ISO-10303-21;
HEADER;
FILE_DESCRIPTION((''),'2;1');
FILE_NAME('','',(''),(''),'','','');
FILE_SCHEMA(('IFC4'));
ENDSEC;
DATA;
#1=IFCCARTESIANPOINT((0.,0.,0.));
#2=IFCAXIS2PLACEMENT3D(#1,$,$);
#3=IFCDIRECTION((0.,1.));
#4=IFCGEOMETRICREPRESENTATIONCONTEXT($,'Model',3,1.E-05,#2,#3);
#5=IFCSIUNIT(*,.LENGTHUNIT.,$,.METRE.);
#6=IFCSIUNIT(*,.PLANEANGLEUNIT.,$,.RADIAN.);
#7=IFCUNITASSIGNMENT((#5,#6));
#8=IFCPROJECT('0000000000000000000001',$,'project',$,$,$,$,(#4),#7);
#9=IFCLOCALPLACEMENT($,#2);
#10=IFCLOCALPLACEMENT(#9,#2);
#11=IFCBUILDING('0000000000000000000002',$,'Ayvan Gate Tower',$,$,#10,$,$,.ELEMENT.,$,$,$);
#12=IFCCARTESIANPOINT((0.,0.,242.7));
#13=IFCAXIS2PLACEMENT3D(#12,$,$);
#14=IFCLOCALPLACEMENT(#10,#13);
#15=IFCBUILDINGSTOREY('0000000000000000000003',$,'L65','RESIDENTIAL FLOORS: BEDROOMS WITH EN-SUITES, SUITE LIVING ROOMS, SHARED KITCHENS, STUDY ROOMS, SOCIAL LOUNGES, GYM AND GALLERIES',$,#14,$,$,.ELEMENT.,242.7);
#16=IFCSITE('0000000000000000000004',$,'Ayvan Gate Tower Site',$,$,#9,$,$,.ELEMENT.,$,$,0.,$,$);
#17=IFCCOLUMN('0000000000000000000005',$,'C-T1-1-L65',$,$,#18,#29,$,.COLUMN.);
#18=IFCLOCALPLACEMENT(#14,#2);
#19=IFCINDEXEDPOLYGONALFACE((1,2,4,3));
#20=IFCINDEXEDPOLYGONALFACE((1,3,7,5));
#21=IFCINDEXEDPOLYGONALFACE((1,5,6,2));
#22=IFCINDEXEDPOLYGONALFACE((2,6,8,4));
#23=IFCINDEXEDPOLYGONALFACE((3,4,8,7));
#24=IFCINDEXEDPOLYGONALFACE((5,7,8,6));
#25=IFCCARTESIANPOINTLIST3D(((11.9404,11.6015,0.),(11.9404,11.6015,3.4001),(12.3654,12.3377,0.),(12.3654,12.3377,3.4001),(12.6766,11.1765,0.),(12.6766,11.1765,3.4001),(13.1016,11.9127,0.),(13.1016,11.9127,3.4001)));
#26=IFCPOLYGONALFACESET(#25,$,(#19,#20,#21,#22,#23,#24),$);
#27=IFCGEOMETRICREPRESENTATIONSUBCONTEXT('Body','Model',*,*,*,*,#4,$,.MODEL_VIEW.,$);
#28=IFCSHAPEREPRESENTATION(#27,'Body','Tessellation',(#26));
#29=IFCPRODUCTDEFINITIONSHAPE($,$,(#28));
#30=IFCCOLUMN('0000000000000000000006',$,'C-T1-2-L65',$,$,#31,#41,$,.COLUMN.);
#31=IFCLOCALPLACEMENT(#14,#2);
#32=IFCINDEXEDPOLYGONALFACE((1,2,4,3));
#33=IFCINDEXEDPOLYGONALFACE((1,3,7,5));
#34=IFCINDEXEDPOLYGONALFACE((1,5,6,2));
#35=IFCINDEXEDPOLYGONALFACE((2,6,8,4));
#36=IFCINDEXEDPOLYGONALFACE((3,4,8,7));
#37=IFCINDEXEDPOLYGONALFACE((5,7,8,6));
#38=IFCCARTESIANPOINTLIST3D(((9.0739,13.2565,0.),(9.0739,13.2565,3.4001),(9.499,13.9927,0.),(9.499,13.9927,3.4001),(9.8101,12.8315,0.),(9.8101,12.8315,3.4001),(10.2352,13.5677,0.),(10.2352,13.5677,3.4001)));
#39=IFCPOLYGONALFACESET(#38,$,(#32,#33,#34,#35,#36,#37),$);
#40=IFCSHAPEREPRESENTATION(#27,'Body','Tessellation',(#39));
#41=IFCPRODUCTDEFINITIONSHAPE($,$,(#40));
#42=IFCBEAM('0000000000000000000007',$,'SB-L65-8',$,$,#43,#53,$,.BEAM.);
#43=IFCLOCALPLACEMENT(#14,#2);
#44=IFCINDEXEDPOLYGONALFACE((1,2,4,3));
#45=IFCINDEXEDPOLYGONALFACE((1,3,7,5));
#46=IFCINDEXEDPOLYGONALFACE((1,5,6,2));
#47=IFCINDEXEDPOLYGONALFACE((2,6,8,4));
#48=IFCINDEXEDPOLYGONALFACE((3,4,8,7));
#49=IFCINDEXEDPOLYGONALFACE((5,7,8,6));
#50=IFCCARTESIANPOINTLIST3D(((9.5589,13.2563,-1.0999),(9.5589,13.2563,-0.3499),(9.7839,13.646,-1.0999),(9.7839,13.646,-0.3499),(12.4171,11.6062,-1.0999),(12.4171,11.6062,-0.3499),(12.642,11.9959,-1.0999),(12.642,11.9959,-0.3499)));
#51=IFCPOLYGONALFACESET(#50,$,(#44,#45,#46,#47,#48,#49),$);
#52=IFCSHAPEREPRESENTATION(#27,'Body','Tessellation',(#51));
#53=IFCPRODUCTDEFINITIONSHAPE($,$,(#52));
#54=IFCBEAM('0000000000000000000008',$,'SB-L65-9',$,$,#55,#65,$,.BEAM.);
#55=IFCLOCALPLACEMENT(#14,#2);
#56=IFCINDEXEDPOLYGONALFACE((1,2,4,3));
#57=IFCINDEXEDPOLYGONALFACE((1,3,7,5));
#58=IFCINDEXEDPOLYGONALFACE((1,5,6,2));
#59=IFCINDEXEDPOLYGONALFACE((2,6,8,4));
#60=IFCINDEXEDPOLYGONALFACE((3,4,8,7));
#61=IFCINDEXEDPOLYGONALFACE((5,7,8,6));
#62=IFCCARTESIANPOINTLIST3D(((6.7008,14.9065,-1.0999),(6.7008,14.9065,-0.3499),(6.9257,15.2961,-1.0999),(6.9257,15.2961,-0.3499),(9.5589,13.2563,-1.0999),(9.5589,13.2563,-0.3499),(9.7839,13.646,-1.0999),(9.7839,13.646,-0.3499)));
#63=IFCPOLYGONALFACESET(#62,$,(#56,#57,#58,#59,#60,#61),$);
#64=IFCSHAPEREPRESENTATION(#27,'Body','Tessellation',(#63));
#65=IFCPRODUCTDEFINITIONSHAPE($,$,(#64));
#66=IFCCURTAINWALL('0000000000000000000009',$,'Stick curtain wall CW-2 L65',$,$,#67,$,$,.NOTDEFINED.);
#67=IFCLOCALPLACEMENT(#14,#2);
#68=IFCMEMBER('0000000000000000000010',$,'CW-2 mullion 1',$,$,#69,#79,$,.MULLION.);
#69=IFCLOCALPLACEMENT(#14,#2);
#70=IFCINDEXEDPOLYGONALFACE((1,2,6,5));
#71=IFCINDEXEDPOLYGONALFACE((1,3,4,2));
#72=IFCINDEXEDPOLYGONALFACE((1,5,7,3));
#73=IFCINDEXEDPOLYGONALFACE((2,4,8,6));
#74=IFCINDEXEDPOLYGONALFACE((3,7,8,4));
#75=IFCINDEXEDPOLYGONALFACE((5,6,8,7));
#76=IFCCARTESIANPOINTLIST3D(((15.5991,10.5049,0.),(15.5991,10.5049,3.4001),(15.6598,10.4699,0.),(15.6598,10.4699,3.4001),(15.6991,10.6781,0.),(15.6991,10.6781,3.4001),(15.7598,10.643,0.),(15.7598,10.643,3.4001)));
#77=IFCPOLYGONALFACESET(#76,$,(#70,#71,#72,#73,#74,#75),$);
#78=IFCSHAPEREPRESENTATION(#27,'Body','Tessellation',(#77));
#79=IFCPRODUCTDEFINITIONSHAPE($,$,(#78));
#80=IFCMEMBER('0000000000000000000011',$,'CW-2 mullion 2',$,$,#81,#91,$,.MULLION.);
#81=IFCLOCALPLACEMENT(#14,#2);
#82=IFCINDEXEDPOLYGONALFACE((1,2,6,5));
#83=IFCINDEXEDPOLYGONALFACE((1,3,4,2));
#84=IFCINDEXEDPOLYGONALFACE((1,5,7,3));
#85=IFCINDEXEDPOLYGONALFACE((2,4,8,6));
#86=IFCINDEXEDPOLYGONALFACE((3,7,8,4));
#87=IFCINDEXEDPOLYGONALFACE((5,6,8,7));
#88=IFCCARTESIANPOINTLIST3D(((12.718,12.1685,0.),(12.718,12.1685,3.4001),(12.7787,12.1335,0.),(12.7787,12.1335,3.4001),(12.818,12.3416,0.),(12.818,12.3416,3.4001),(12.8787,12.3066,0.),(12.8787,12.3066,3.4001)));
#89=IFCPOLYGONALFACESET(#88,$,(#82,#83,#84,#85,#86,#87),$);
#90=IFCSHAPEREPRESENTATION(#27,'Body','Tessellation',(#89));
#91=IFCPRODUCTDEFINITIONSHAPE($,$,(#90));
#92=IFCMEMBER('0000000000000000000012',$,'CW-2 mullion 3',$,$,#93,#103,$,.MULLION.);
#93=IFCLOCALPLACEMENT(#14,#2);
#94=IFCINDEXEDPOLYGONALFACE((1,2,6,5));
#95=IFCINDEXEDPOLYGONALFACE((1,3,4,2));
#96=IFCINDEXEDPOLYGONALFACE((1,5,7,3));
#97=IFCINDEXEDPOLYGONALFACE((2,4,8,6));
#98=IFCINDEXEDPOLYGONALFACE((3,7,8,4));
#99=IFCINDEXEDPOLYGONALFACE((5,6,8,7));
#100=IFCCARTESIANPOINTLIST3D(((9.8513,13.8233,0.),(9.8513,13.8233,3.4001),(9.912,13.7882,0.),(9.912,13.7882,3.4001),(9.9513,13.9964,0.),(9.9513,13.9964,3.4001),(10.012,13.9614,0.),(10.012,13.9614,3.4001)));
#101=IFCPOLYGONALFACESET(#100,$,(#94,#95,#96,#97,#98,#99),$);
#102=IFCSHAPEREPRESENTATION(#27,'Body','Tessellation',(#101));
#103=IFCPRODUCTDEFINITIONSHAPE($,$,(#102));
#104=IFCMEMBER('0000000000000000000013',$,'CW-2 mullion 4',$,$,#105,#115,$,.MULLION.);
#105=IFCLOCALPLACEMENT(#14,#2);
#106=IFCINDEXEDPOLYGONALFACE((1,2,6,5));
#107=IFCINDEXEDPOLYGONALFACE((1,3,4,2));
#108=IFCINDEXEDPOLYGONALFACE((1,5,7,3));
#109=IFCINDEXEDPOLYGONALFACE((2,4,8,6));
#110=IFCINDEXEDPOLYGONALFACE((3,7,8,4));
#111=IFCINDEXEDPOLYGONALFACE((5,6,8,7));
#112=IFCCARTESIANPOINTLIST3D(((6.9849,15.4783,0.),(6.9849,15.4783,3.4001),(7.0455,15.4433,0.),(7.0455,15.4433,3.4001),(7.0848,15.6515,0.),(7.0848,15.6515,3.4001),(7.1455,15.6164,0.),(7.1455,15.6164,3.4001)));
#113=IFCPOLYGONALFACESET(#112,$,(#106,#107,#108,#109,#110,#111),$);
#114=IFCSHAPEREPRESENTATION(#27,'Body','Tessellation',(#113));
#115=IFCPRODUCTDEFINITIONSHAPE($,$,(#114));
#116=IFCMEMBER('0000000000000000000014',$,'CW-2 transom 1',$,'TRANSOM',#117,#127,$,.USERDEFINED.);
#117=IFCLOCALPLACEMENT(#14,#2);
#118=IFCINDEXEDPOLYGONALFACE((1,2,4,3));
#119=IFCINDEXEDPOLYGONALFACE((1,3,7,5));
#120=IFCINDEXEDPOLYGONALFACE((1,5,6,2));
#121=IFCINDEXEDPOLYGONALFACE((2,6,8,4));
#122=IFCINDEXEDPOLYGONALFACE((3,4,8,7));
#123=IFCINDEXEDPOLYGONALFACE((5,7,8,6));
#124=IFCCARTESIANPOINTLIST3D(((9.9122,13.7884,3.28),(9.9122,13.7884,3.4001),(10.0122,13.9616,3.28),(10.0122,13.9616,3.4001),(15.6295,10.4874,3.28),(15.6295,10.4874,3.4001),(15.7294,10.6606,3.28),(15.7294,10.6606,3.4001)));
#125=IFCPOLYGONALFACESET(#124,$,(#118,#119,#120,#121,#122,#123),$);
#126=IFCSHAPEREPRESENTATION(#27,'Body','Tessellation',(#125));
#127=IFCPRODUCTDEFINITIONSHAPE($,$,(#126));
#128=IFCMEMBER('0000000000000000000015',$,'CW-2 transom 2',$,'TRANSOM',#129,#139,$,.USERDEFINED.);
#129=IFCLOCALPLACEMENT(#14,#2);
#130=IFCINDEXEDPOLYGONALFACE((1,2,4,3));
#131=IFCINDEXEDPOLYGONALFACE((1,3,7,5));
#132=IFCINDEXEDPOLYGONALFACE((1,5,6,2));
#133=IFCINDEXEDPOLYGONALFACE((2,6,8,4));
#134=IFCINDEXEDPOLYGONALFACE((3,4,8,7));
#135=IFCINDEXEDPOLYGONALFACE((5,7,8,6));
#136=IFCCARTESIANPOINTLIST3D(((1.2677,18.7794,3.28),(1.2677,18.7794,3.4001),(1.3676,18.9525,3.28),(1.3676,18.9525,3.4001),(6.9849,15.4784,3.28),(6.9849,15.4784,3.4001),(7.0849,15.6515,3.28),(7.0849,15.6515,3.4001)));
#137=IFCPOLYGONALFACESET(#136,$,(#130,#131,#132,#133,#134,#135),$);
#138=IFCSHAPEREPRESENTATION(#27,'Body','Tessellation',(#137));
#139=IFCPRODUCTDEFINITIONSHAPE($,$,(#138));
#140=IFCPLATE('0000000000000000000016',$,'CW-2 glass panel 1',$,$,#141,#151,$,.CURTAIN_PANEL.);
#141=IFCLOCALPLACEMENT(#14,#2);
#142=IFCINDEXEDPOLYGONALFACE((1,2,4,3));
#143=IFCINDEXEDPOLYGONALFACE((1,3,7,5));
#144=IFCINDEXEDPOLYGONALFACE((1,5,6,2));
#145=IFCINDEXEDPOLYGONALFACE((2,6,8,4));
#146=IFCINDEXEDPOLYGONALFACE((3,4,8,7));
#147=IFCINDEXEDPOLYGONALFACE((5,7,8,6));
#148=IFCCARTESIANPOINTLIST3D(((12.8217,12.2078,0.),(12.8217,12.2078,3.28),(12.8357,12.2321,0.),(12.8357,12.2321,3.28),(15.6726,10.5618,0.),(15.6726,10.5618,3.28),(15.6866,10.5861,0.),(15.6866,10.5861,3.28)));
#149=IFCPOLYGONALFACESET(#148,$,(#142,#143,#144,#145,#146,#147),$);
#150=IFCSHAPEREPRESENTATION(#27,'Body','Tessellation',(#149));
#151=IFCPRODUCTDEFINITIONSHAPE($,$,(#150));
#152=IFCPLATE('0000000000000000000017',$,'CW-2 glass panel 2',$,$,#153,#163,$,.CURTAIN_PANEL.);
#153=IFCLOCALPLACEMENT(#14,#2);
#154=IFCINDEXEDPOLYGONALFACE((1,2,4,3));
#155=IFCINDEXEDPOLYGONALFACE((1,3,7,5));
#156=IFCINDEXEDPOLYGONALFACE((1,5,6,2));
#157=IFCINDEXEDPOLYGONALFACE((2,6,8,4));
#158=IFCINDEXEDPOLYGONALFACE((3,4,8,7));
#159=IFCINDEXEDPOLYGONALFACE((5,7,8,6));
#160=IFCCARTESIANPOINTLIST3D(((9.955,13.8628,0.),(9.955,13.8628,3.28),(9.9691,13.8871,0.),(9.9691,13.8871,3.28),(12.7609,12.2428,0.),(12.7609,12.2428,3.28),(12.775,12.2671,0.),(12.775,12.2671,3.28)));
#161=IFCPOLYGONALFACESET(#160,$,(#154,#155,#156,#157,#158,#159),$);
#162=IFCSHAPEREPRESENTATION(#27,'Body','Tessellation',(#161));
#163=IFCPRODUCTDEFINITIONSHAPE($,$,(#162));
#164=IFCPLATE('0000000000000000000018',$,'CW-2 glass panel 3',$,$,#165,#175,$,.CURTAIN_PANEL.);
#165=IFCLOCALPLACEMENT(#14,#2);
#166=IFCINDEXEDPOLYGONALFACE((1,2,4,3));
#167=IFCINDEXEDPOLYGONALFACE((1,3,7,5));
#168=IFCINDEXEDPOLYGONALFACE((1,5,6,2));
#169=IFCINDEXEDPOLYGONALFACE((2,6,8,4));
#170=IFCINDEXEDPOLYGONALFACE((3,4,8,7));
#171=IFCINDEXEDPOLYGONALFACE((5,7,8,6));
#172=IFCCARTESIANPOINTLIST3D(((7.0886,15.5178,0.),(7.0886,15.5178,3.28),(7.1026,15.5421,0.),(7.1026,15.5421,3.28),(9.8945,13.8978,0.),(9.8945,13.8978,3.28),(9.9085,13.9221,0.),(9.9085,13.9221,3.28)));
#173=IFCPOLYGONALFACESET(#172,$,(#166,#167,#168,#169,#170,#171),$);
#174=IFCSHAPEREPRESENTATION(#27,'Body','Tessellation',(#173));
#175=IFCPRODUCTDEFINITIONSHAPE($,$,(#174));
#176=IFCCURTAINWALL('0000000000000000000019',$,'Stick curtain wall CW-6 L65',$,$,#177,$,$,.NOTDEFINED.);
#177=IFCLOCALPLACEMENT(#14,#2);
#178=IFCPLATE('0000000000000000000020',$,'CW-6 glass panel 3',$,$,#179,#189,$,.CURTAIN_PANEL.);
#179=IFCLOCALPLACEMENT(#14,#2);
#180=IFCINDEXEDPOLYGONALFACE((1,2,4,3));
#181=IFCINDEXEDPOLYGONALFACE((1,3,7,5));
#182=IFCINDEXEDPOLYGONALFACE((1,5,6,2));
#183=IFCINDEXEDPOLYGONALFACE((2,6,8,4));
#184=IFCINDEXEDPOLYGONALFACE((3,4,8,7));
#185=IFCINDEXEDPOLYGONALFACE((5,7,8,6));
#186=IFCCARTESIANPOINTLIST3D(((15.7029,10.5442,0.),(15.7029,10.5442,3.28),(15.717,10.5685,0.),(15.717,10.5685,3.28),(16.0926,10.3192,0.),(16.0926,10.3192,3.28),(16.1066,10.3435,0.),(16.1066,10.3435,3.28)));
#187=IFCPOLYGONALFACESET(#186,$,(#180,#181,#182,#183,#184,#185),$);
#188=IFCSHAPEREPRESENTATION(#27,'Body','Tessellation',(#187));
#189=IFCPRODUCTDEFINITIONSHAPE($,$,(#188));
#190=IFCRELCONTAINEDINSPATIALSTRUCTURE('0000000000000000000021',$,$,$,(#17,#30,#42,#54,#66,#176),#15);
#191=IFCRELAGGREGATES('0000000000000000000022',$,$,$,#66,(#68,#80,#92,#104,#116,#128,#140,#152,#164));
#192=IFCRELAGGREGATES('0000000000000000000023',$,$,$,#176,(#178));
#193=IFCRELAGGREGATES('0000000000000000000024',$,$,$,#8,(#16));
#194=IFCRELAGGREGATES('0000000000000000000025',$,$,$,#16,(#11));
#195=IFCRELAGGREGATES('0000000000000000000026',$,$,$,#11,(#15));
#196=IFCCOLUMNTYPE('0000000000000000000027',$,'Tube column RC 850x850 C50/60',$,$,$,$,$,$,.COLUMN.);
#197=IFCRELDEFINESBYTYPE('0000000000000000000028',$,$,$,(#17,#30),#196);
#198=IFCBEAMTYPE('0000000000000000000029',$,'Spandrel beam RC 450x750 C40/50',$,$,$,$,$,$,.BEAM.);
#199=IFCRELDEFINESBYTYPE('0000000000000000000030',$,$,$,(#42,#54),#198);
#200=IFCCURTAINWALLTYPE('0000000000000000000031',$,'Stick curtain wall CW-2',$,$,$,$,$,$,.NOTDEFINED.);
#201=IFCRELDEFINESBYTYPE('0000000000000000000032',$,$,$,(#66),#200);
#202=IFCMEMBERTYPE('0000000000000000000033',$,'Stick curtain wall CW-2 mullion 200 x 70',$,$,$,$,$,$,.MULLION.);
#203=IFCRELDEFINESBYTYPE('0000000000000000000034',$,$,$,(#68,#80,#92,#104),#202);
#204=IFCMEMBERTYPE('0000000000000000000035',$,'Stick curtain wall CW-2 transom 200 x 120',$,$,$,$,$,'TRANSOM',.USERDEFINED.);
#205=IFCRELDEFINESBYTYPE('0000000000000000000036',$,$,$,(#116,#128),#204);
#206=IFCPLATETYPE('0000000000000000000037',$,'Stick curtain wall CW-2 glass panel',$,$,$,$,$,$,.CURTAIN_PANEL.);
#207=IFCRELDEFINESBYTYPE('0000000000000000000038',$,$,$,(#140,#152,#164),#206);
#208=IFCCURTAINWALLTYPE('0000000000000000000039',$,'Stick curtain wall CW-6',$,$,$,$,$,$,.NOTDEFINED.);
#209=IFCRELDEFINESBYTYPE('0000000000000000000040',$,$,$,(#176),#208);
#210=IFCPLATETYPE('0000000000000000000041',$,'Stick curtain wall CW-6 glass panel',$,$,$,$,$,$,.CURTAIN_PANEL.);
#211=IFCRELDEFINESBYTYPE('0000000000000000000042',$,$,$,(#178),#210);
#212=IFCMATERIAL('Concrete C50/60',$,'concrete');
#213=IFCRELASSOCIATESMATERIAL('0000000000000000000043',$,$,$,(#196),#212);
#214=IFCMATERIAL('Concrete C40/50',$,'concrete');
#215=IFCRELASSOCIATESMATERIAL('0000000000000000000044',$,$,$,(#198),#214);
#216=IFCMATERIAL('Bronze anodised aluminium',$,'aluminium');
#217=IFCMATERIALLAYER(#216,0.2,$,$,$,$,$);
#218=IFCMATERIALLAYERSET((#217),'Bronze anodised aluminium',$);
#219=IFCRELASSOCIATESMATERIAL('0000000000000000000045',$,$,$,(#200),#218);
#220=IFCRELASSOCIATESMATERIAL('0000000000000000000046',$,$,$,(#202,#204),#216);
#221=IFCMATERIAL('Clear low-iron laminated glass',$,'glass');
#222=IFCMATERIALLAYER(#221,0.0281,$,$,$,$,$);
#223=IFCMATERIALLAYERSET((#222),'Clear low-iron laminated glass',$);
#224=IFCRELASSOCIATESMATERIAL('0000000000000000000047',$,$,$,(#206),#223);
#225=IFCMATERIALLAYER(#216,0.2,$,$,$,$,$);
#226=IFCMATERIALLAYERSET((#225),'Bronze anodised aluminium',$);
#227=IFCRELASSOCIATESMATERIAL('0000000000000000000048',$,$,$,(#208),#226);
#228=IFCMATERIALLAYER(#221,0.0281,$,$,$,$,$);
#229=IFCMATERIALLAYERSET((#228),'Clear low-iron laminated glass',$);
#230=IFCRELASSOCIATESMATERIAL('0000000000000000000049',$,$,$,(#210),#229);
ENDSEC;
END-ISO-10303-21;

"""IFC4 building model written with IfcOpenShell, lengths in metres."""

from ifc_helpers import new_model, si_unit, direction, frame, origin, origin_2d, place, context, subcontext, project, spatial, rectangle, extrude, material, layer, layer_set, material_profile, profile_set, type_object, element, aggregate, save


model = new_model("IFC4")

# Units and contexts
model_context = context("Model", 3, precision=1e-05, world=origin(), true_north=direction((0.0, 1.0)))
body_context = subcontext(model_context, "Body", "Model", "MODEL_VIEW")
ifc_project = project(units=[si_unit("LENGTHUNIT", "METRE"), si_unit("PLANEANGLEUNIT", "RADIAN")], contexts=[model_context])

# Site, building, storey
site_placement = place(None, origin())
site = spatial("IfcSite", under=ifc_project, at=site_placement, Name="Ayvan Gate Tower Site", CompositionType="ELEMENT", RefElevation=0.0)
building_placement = place(site_placement, origin())
building = spatial("IfcBuilding", under=site, at=building_placement, Name="Ayvan Gate Tower", CompositionType="ELEMENT")
storey_placement = place(building_placement, frame((0.0, 0.0, 242.7)))
storey = spatial("IfcBuildingStorey", under=building, at=storey_placement, Name="L65", Description="RESIDENTIAL FLOORS: BEDROOMS WITH EN-SUITES, SUITE LIVING ROOMS, SHARED KITCHENS, STUDY ROOMS, SOCIAL LOUNGES, GYM AND GALLERIES", CompositionType="ELEMENT", Elevation=242.7)

# Columns
ifc_material_1 = material(Name="Concrete C50/60", Category="concrete")
ifc_material_profile_1 = material_profile(ifc_material_1, rectangle(XDim=0.8501, YDim=0.8501, at=origin_2d()), Name="RC 850x850")
ifc_profile_set_1 = profile_set([ifc_material_profile_1], Name="Concrete C50/60")
column_type = type_object("IfcColumnType", Name="Tube column RC 850x850 C50/60", PredefinedType="COLUMN", material=ifc_profile_set_1)
for number, where, z_axis, x_axis, name in (
    (1, (12.521, 11.7571, 0.0), (0.0, 0.0, 1.0), (0.5, 0.866025, 0.0), "C-T1-1-L65"),
    (2, (9.6545, 13.4121, 0.0), (0.0, 0.0, 1.0), (0.5, 0.866025, 0.0), "C-T1-2-L65"),
):
    element("IfcColumn", number, at=place(storey_placement, frame(where, z_axis=z_axis, x_axis=x_axis)), inside=storey, type_object=column_type, Name=name, PredefinedType="COLUMN", context=body_context, shape_type="SweptSolid", body=[
        extrude(rectangle(XDim=0.8501, YDim=0.8501, at=origin_2d()), origin(), (0.0, 0.0, 1.0), 3.4001),
    ])

# Beams
ifc_material_2 = material(Name="Concrete C40/50", Category="concrete")
ifc_material_profile_2 = material_profile(ifc_material_2, rectangle(XDim=0.45, YDim=0.75, at=origin_2d()), Name="RC 450x750")
ifc_profile_set_2 = profile_set([ifc_material_profile_2], Name="Concrete C40/50")
beam_type = type_object("IfcBeamType", Name="Spandrel beam RC 450x750 C40/50", PredefinedType="BEAM", material=ifc_profile_set_2)
for number, where, z_axis, x_axis, name in (
    (3, (12.5295, 11.801, -0.7249), (-0.866027, 0.499998, 0.0), (-0.499998, -0.866027, 0.0), "SB-L65-8"),
    (4, (9.6714, 13.4512, -0.7249), (-0.866027, 0.499998, 0.0), (-0.499998, -0.866027, 0.0), "SB-L65-9"),
):
    element("IfcBeam", number, at=place(storey_placement, frame(where, z_axis=z_axis, x_axis=x_axis)), inside=storey, type_object=beam_type, Name=name, PredefinedType="BEAM", context=body_context, shape_type="SweptSolid", body=[
        extrude(rectangle(XDim=0.45, YDim=0.75, at=origin_2d()), origin(), (0.0, 0.0, 1.0), 3.3003),
    ])

# Curtain wall, members, plates
ifc_material_3 = material(Name="Bronze anodised aluminium", Category="aluminium")
ifc_layer_1 = layer(ifc_material_3, 0.2)
ifc_layer_set_1 = layer_set([ifc_layer_1], Name="Bronze anodised aluminium")
curtain_wall_type_1 = type_object("IfcCurtainWallType", Name="Stick curtain wall CW-2", PredefinedType="NOTDEFINED", material=ifc_layer_set_1)
curtain_wall_1_placement = place(storey_placement, origin())
curtain_wall_1 = element("IfcCurtainWall", 5, at=curtain_wall_1_placement, inside=storey, type_object=curtain_wall_type_1, Name="Stick curtain wall CW-2 L65", PredefinedType="NOTDEFINED")
ifc_material_profile_3 = material_profile(ifc_material_3, rectangle(XDim=0.2, YDim=0.0701, at=origin_2d()), Name="Stick curtain wall CW-2 mullion 200 x 70")
ifc_profile_set_3 = profile_set([ifc_material_profile_3], Name="Bronze anodised aluminium")
member_type_1 = type_object("IfcMemberType", Name="Stick curtain wall CW-2 mullion 200 x 70", PredefinedType="MULLION", material=ifc_profile_set_3)
member_1_placement = place(storey_placement, frame((15.6794, 10.574, 0.0), z_axis=(0.0, 0.0, 1.0), x_axis=(0.5, 0.866025, 0.0)))
member_1 = element("IfcMember", 6, at=member_1_placement, type_object=member_type_1, Name="CW-2 mullion 1", PredefinedType="MULLION", context=body_context, shape_type="SweptSolid", body=[
    extrude(rectangle(XDim=0.2, YDim=0.0701, at=origin_2d()), origin(), (0.0, 0.0, 1.0), 3.4001),
])
member_2_placement = place(storey_placement, frame((12.7983, 12.2375, 0.0), z_axis=(0.0, 0.0, 1.0), x_axis=(0.5, 0.866025, 0.0)))
member_2 = element("IfcMember", 7, at=member_2_placement, type_object=member_type_1, Name="CW-2 mullion 2", PredefinedType="MULLION", context=body_context, shape_type="SweptSolid", body=[
    extrude(rectangle(XDim=0.2, YDim=0.0701, at=origin_2d()), origin(), (0.0, 0.0, 1.0), 3.4001),
])
member_3_placement = place(storey_placement, frame((9.9316, 13.8923, 0.0), z_axis=(0.0, 0.0, 1.0), x_axis=(0.5, 0.866025, 0.0)))
member_3 = element("IfcMember", 8, at=member_3_placement, type_object=member_type_1, Name="CW-2 mullion 3", PredefinedType="MULLION", context=body_context, shape_type="SweptSolid", body=[
    extrude(rectangle(XDim=0.2, YDim=0.0701, at=origin_2d()), origin(), (0.0, 0.0, 1.0), 3.4001),
])
member_4_placement = place(storey_placement, frame((7.0652, 15.5474, 0.0), z_axis=(0.0, 0.0, 1.0), x_axis=(0.5, 0.866025, 0.0)))
member_4 = element("IfcMember", 9, at=member_4_placement, type_object=member_type_1, Name="CW-2 mullion 4", PredefinedType="MULLION", context=body_context, shape_type="SweptSolid", body=[
    extrude(rectangle(XDim=0.2, YDim=0.0701, at=origin_2d()), origin(), (0.0, 0.0, 1.0), 3.4001),
])
ifc_material_profile_4 = material_profile(ifc_material_3, rectangle(XDim=0.2, YDim=0.1201, at=origin_2d()), Name="Stick curtain wall CW-2 transom 200 x 120")
ifc_profile_set_4 = profile_set([ifc_material_profile_4], Name="Bronze anodised aluminium")
member_type_2 = type_object("IfcMemberType", Name="Stick curtain wall CW-2 transom 200 x 120", ElementType="TRANSOM", PredefinedType="USERDEFINED", material=ifc_profile_set_4)
member_5_placement = place(storey_placement, frame((15.6794, 10.574, 3.3401), z_axis=(-0.866016, 0.500017, 0.0), x_axis=(-0.500017, -0.866016, 0.0)))
member_5 = element("IfcMember", 10, at=member_5_placement, type_object=member_type_2, Name="CW-2 transom 1", ObjectType="TRANSOM", PredefinedType="USERDEFINED", context=body_context, shape_type="SweptSolid", body=[
    extrude(rectangle(XDim=0.2, YDim=0.1201, at=origin_2d()), origin(), (0.0, 0.0, 1.0), 6.6018),
])
member_6_placement = place(storey_placement, frame((7.0349, 15.5649, 3.3401), z_axis=(-0.866016, 0.500017, 0.0), x_axis=(-0.500017, -0.866016, 0.0)))
member_6 = element("IfcMember", 11, at=member_6_placement, type_object=member_type_2, Name="CW-2 transom 2", ObjectType="TRANSOM", PredefinedType="USERDEFINED", context=body_context, shape_type="SweptSolid", body=[
    extrude(rectangle(XDim=0.2, YDim=0.1201, at=origin_2d()), origin(), (0.0, 0.0, 1.0), 6.6018),
])
ifc_material_4 = material(Name="Clear low-iron laminated glass", Category="glass")
ifc_layer_2 = layer(ifc_material_4, 0.0281)
ifc_layer_set_2 = layer_set([ifc_layer_2], Name="Clear low-iron laminated glass")
plate_type_1 = type_object("IfcPlateType", Name="Stick curtain wall CW-2 glass panel", PredefinedType="CURTAIN_PANEL", material=ifc_layer_set_2)
plate_1_placement = place(storey_placement, frame((14.2542, 11.397, 0.0), z_axis=(0.0, 0.0, 1.0), x_axis=(-0.866025, 0.5, 0.0)))
plate_1 = element("IfcPlate", 12, at=plate_1_placement, type_object=plate_type_1, Name="CW-2 glass panel 1", PredefinedType="CURTAIN_PANEL", context=body_context, shape_type="SweptSolid", body=[
    extrude(rectangle(XDim=3.292, YDim=0.0281, at=origin_2d()), origin(), (0.0, 0.0, 1.0), 3.28),
])
plate_2_placement = place(storey_placement, frame((11.365, 13.0649, 0.0), z_axis=(0.0, 0.0, 1.0), x_axis=(-0.866025, 0.5, 0.0)))
plate_2 = element("IfcPlate", 13, at=plate_2_placement, type_object=plate_type_1, Name="CW-2 glass panel 2", PredefinedType="CURTAIN_PANEL", context=body_context, shape_type="SweptSolid", body=[
    extrude(rectangle(XDim=3.24, YDim=0.0281, at=origin_2d()), origin(), (0.0, 0.0, 1.0), 3.28),
])
plate_3_placement = place(storey_placement, frame((8.4985, 14.72, 0.0), z_axis=(0.0, 0.0, 1.0), x_axis=(-0.866025, 0.5, 0.0)))
plate_3 = element("IfcPlate", 14, at=plate_3_placement, type_object=plate_type_1, Name="CW-2 glass panel 3", PredefinedType="CURTAIN_PANEL", context=body_context, shape_type="SweptSolid", body=[
    extrude(rectangle(XDim=3.24, YDim=0.0281, at=origin_2d()), origin(), (0.0, 0.0, 1.0), 3.28),
])
aggregate(curtain_wall_1, [member_1, member_2, member_3, member_4, member_5, member_6, plate_1, plate_2, plate_3])

# Curtain wall, plate
ifc_layer_3 = layer(ifc_material_3, 0.2)
ifc_layer_set_3 = layer_set([ifc_layer_3], Name="Bronze anodised aluminium")
curtain_wall_type_2 = type_object("IfcCurtainWallType", Name="Stick curtain wall CW-6", PredefinedType="NOTDEFINED", material=ifc_layer_set_3)
curtain_wall_2_placement = place(storey_placement, origin())
curtain_wall_2 = element("IfcCurtainWall", 15, at=curtain_wall_2_placement, inside=storey, type_object=curtain_wall_type_2, Name="Stick curtain wall CW-6 L65", PredefinedType="NOTDEFINED")
ifc_layer_4 = layer(ifc_material_4, 0.0281)
ifc_layer_set_4 = layer_set([ifc_layer_4], Name="Clear low-iron laminated glass")
plate_type_2 = type_object("IfcPlateType", Name="Stick curtain wall CW-6 glass panel", PredefinedType="CURTAIN_PANEL", material=ifc_layer_set_4)
plate_4_placement = place(storey_placement, frame((15.9048, 10.4438, 0.0), z_axis=(0.0, 0.0, 1.0), x_axis=(-0.866025, 0.5, 0.0)))
plate_4 = element("IfcPlate", 16, at=plate_4_placement, type_object=plate_type_2, Name="CW-6 glass panel 3", PredefinedType="CURTAIN_PANEL", context=body_context, shape_type="SweptSolid", body=[
    extrude(rectangle(XDim=0.45, YDim=0.0281, at=origin_2d()), origin(), (0.0, 0.0, 1.0), 3.28),
])
aggregate(curtain_wall_2, [plate_4])

save(model, "model.ifc")
